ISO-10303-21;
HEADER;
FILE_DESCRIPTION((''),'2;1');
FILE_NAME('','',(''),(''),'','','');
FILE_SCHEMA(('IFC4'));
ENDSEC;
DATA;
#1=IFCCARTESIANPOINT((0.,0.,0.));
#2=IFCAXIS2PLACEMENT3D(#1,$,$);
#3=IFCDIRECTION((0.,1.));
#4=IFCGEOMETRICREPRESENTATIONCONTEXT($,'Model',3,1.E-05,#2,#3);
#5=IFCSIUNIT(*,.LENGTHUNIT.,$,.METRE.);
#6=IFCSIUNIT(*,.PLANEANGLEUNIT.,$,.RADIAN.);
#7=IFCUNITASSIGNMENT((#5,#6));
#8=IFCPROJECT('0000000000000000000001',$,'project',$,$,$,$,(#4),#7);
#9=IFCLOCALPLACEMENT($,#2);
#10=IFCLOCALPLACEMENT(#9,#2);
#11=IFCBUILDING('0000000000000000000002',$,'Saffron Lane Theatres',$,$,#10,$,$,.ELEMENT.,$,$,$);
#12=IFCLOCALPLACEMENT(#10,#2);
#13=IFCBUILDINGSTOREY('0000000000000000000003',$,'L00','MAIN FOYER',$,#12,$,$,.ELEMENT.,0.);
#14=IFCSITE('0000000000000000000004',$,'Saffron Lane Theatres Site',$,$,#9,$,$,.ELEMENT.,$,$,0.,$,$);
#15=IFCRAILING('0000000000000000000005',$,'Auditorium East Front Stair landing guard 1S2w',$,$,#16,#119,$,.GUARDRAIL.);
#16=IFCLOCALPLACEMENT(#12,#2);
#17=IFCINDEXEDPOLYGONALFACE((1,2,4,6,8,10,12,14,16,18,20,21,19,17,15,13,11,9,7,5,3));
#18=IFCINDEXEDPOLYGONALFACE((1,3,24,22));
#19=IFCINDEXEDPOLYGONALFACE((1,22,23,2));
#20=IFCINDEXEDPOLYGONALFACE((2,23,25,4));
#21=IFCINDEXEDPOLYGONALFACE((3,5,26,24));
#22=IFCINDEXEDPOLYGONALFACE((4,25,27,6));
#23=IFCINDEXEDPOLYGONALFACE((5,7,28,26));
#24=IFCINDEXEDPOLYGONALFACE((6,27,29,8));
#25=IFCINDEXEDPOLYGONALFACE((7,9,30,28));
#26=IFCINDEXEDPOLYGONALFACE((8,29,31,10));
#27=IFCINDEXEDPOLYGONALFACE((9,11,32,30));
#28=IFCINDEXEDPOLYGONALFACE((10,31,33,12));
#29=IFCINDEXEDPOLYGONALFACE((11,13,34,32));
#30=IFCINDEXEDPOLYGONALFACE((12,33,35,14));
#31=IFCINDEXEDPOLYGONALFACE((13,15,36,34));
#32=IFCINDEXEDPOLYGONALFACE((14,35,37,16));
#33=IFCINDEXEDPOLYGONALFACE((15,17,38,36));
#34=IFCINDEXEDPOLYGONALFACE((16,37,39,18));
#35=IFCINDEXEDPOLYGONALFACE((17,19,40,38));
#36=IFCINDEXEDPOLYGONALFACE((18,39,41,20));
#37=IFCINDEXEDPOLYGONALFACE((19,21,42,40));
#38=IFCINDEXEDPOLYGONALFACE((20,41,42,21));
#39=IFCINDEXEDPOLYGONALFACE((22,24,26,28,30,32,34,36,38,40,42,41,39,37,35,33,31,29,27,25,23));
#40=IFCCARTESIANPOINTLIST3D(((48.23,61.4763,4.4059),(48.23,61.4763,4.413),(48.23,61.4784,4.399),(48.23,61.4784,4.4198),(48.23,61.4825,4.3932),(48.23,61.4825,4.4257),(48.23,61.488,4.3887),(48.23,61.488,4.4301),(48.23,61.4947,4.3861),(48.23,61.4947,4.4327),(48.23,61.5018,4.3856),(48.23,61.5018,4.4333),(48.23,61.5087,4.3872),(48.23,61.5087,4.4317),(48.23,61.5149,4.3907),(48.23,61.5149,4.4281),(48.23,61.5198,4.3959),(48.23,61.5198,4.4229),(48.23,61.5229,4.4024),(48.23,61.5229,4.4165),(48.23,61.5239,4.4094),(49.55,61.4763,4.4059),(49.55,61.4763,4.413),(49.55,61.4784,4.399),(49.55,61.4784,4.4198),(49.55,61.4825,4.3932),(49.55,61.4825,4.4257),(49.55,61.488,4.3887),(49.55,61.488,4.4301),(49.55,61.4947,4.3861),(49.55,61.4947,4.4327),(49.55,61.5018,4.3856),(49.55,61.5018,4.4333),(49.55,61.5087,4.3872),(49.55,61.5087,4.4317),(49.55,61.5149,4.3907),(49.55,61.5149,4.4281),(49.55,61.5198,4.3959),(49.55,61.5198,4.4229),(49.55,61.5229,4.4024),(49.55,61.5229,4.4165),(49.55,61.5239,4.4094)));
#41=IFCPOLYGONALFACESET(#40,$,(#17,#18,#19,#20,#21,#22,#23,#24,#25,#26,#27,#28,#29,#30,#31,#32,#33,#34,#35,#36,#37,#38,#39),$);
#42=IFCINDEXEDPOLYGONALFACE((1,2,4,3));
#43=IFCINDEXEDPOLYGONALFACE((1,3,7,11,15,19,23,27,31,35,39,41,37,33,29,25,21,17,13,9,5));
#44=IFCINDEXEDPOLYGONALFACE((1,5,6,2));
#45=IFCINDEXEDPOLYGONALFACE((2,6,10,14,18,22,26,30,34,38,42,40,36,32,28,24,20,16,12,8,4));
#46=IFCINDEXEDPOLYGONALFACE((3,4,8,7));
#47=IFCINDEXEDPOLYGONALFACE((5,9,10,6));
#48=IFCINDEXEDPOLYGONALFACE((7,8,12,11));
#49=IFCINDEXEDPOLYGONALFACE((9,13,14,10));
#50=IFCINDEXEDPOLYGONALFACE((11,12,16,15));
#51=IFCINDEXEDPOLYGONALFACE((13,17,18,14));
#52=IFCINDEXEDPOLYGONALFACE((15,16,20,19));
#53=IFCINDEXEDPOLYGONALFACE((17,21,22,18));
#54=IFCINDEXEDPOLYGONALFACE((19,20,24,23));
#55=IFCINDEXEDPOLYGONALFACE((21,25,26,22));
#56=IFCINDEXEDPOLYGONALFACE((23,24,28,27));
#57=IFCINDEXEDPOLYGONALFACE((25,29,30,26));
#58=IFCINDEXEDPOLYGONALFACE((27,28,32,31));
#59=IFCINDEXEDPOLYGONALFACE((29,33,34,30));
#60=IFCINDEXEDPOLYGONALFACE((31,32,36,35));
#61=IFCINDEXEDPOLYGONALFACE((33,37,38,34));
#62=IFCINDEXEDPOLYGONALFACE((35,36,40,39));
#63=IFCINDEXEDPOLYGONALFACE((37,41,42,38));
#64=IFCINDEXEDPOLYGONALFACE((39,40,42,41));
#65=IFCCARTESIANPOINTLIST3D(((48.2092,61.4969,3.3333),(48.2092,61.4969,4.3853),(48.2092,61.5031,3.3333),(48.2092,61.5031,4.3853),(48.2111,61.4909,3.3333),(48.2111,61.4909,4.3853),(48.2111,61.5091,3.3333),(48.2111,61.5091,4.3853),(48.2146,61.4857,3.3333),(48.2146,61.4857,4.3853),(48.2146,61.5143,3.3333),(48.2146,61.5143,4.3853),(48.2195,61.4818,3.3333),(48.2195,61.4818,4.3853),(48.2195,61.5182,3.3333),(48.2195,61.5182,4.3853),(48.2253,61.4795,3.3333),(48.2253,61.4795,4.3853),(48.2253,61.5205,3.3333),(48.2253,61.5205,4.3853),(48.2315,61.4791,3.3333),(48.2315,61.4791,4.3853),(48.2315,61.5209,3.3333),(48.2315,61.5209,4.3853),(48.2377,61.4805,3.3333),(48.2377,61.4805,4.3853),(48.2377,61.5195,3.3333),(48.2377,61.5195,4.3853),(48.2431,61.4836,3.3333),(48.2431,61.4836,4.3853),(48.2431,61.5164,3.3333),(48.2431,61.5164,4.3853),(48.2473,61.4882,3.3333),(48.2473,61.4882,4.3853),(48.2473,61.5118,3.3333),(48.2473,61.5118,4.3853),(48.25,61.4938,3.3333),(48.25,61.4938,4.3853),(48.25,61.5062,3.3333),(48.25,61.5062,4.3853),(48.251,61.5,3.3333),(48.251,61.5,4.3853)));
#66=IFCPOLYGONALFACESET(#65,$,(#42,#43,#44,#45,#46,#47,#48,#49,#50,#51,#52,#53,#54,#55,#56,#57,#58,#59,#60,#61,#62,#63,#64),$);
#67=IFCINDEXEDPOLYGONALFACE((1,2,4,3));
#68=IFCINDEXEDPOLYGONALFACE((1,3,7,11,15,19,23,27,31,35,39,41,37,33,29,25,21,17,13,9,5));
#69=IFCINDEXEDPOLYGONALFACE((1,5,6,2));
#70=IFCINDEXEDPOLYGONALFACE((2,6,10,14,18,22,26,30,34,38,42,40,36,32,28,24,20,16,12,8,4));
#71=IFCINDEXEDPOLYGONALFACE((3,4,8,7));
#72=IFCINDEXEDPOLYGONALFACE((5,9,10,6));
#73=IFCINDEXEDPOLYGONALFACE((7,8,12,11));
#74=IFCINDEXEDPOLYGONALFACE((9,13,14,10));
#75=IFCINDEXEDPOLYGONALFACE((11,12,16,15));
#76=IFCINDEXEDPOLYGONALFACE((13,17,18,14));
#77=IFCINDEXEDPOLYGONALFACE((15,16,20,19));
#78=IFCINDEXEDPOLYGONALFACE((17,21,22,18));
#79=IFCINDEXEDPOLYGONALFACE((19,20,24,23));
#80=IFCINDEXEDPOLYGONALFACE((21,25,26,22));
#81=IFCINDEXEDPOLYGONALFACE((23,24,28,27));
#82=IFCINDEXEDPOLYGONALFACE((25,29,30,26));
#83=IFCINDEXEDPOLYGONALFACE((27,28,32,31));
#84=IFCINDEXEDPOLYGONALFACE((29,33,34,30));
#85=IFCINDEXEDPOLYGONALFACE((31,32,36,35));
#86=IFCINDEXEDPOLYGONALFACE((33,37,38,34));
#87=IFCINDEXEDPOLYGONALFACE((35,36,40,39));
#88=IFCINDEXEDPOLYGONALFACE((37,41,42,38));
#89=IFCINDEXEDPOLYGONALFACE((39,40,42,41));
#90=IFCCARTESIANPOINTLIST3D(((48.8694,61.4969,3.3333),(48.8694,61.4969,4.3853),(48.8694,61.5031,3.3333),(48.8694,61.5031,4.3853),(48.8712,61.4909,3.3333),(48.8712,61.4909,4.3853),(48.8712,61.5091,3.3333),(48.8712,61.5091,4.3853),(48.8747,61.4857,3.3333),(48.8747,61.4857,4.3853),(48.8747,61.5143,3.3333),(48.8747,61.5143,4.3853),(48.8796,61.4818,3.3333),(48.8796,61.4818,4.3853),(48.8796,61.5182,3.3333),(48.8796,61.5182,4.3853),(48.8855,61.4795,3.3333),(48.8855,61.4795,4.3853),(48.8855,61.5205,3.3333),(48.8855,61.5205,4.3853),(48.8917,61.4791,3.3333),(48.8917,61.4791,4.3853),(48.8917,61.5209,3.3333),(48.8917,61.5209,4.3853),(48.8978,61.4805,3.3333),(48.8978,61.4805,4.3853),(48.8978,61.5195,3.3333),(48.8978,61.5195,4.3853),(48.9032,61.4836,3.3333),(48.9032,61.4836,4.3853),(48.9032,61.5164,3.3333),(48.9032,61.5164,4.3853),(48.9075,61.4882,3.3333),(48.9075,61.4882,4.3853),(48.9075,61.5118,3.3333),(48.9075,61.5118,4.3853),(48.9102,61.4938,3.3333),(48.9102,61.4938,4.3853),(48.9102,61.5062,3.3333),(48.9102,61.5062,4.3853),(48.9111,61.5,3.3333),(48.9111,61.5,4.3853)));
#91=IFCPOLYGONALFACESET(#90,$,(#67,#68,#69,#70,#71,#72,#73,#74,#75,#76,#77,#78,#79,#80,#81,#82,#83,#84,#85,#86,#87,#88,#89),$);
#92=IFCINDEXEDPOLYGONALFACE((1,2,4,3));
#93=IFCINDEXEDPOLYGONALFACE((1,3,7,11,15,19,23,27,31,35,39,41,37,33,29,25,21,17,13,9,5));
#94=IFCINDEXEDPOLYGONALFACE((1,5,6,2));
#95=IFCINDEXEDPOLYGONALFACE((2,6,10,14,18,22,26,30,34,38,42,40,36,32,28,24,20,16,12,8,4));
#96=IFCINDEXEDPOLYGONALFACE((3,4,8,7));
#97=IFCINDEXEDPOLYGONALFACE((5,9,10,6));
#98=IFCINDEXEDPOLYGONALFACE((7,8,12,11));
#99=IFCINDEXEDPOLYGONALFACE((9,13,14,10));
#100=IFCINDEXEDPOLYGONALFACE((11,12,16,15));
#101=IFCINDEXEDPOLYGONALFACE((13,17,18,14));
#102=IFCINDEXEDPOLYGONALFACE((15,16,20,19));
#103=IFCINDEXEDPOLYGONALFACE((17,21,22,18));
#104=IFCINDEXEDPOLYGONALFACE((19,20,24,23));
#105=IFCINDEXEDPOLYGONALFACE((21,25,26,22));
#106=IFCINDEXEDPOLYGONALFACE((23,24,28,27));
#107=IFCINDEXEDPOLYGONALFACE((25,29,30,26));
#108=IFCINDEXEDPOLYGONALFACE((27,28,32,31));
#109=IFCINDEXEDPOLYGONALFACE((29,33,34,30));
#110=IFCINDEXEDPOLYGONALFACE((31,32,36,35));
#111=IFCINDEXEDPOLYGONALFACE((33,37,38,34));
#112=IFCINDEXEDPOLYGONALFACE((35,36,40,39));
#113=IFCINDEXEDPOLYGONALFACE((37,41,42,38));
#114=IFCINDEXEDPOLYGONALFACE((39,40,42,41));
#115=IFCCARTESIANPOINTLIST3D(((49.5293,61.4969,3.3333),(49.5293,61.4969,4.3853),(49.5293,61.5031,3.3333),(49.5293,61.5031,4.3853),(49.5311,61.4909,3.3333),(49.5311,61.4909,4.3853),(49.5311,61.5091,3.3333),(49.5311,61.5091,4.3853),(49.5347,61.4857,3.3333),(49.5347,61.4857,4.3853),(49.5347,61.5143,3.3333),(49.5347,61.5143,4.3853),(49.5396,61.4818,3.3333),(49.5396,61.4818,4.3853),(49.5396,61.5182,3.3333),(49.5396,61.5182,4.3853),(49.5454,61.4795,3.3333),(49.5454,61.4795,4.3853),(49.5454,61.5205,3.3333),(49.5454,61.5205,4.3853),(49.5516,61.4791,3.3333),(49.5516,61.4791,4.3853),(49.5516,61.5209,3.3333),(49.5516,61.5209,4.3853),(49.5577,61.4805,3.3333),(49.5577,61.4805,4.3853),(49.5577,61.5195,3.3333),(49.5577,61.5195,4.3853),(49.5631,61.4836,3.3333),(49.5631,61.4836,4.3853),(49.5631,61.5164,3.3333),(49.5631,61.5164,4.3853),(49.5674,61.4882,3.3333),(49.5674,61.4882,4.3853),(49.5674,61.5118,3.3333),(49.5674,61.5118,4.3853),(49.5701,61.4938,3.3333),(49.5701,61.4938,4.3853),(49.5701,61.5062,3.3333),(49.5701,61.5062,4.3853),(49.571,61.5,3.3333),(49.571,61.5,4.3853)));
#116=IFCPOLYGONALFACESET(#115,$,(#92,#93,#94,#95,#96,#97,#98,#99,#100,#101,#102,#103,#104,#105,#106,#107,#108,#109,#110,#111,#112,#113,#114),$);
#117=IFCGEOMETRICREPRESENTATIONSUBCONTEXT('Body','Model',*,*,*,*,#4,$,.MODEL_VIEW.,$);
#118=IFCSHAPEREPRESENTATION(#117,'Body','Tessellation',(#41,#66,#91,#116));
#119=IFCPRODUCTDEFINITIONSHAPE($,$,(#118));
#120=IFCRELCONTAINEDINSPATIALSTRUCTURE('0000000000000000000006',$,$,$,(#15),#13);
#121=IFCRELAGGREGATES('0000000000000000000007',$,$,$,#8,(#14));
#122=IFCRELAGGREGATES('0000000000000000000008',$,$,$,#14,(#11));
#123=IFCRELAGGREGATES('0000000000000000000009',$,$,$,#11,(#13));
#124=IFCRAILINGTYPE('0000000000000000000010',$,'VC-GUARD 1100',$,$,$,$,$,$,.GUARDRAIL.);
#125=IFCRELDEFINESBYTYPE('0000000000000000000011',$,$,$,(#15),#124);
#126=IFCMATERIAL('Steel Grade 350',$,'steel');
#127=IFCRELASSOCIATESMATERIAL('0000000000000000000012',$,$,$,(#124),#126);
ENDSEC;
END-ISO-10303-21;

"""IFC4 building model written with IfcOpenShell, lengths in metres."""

from ifc_helpers import new_model, si_unit, direction, frame, origin, origin_2d, place, context, subcontext, project, spatial, circle, extrude, material, type_object, element, save


model = new_model("IFC4")

# Units and contexts
model_context = context("Model", 3, precision=1e-05, world=origin(), true_north=direction((0.0, 1.0)))
body_context = subcontext(model_context, "Body", "Model", "MODEL_VIEW")
ifc_project = project(units=[si_unit("LENGTHUNIT", "METRE"), si_unit("PLANEANGLEUNIT", "RADIAN")], contexts=[model_context])

# Site, building, storey
site_placement = place(None, origin())
site = spatial("IfcSite", under=ifc_project, at=site_placement, Name="Saffron Lane Theatres Site", CompositionType="ELEMENT", RefElevation=0.0)
building_placement = place(site_placement, origin())
building = spatial("IfcBuilding", under=site, at=building_placement, Name="Saffron Lane Theatres", CompositionType="ELEMENT")
storey_placement = place(building_placement, origin())
storey = spatial("IfcBuildingStorey", under=building, at=storey_placement, Name="L00", Description="MAIN FOYER", CompositionType="ELEMENT", Elevation=0.0)

# Railing
ifc_material_1 = material(Name="Steel Grade 350", Category="steel")
railing_type_1 = type_object("IfcRailingType", Name="VC-GUARD 1100", PredefinedType="GUARDRAIL", material=ifc_material_1)
railing_1_placement = place(storey_placement, frame((48.23, 61.5, 3.3333)))
element("IfcRailing", 1, at=railing_1_placement, inside=storey, type_object=railing_type_1, Name="Auditorium East Front Stair landing guard 1S2w", PredefinedType="GUARDRAIL", context=body_context, shape_type="SweptSolid", body=[
    extrude(circle(Radius=0.0239, at=origin_2d()), frame((0.0, 0.0, 1.0762), z_axis=(1.0, 0.0, 0.0), x_axis=(0.0, 1.0, 0.0)), (0.0, 0.0, 1.0), 1.3201),
    extrude(circle(Radius=0.021, at=origin_2d()), origin(), (0.0, 0.0, 1.0), 1.052),
    extrude(circle(Radius=0.021, at=origin_2d()), frame((0.6602, 0.0, 0.0)), (0.0, 0.0, 1.0), 1.052),
    extrude(circle(Radius=0.021, at=origin_2d()), frame((1.3201, 0.0, 0.0)), (0.0, 0.0, 1.0), 1.052),
])

save(model, "model.ifc")
